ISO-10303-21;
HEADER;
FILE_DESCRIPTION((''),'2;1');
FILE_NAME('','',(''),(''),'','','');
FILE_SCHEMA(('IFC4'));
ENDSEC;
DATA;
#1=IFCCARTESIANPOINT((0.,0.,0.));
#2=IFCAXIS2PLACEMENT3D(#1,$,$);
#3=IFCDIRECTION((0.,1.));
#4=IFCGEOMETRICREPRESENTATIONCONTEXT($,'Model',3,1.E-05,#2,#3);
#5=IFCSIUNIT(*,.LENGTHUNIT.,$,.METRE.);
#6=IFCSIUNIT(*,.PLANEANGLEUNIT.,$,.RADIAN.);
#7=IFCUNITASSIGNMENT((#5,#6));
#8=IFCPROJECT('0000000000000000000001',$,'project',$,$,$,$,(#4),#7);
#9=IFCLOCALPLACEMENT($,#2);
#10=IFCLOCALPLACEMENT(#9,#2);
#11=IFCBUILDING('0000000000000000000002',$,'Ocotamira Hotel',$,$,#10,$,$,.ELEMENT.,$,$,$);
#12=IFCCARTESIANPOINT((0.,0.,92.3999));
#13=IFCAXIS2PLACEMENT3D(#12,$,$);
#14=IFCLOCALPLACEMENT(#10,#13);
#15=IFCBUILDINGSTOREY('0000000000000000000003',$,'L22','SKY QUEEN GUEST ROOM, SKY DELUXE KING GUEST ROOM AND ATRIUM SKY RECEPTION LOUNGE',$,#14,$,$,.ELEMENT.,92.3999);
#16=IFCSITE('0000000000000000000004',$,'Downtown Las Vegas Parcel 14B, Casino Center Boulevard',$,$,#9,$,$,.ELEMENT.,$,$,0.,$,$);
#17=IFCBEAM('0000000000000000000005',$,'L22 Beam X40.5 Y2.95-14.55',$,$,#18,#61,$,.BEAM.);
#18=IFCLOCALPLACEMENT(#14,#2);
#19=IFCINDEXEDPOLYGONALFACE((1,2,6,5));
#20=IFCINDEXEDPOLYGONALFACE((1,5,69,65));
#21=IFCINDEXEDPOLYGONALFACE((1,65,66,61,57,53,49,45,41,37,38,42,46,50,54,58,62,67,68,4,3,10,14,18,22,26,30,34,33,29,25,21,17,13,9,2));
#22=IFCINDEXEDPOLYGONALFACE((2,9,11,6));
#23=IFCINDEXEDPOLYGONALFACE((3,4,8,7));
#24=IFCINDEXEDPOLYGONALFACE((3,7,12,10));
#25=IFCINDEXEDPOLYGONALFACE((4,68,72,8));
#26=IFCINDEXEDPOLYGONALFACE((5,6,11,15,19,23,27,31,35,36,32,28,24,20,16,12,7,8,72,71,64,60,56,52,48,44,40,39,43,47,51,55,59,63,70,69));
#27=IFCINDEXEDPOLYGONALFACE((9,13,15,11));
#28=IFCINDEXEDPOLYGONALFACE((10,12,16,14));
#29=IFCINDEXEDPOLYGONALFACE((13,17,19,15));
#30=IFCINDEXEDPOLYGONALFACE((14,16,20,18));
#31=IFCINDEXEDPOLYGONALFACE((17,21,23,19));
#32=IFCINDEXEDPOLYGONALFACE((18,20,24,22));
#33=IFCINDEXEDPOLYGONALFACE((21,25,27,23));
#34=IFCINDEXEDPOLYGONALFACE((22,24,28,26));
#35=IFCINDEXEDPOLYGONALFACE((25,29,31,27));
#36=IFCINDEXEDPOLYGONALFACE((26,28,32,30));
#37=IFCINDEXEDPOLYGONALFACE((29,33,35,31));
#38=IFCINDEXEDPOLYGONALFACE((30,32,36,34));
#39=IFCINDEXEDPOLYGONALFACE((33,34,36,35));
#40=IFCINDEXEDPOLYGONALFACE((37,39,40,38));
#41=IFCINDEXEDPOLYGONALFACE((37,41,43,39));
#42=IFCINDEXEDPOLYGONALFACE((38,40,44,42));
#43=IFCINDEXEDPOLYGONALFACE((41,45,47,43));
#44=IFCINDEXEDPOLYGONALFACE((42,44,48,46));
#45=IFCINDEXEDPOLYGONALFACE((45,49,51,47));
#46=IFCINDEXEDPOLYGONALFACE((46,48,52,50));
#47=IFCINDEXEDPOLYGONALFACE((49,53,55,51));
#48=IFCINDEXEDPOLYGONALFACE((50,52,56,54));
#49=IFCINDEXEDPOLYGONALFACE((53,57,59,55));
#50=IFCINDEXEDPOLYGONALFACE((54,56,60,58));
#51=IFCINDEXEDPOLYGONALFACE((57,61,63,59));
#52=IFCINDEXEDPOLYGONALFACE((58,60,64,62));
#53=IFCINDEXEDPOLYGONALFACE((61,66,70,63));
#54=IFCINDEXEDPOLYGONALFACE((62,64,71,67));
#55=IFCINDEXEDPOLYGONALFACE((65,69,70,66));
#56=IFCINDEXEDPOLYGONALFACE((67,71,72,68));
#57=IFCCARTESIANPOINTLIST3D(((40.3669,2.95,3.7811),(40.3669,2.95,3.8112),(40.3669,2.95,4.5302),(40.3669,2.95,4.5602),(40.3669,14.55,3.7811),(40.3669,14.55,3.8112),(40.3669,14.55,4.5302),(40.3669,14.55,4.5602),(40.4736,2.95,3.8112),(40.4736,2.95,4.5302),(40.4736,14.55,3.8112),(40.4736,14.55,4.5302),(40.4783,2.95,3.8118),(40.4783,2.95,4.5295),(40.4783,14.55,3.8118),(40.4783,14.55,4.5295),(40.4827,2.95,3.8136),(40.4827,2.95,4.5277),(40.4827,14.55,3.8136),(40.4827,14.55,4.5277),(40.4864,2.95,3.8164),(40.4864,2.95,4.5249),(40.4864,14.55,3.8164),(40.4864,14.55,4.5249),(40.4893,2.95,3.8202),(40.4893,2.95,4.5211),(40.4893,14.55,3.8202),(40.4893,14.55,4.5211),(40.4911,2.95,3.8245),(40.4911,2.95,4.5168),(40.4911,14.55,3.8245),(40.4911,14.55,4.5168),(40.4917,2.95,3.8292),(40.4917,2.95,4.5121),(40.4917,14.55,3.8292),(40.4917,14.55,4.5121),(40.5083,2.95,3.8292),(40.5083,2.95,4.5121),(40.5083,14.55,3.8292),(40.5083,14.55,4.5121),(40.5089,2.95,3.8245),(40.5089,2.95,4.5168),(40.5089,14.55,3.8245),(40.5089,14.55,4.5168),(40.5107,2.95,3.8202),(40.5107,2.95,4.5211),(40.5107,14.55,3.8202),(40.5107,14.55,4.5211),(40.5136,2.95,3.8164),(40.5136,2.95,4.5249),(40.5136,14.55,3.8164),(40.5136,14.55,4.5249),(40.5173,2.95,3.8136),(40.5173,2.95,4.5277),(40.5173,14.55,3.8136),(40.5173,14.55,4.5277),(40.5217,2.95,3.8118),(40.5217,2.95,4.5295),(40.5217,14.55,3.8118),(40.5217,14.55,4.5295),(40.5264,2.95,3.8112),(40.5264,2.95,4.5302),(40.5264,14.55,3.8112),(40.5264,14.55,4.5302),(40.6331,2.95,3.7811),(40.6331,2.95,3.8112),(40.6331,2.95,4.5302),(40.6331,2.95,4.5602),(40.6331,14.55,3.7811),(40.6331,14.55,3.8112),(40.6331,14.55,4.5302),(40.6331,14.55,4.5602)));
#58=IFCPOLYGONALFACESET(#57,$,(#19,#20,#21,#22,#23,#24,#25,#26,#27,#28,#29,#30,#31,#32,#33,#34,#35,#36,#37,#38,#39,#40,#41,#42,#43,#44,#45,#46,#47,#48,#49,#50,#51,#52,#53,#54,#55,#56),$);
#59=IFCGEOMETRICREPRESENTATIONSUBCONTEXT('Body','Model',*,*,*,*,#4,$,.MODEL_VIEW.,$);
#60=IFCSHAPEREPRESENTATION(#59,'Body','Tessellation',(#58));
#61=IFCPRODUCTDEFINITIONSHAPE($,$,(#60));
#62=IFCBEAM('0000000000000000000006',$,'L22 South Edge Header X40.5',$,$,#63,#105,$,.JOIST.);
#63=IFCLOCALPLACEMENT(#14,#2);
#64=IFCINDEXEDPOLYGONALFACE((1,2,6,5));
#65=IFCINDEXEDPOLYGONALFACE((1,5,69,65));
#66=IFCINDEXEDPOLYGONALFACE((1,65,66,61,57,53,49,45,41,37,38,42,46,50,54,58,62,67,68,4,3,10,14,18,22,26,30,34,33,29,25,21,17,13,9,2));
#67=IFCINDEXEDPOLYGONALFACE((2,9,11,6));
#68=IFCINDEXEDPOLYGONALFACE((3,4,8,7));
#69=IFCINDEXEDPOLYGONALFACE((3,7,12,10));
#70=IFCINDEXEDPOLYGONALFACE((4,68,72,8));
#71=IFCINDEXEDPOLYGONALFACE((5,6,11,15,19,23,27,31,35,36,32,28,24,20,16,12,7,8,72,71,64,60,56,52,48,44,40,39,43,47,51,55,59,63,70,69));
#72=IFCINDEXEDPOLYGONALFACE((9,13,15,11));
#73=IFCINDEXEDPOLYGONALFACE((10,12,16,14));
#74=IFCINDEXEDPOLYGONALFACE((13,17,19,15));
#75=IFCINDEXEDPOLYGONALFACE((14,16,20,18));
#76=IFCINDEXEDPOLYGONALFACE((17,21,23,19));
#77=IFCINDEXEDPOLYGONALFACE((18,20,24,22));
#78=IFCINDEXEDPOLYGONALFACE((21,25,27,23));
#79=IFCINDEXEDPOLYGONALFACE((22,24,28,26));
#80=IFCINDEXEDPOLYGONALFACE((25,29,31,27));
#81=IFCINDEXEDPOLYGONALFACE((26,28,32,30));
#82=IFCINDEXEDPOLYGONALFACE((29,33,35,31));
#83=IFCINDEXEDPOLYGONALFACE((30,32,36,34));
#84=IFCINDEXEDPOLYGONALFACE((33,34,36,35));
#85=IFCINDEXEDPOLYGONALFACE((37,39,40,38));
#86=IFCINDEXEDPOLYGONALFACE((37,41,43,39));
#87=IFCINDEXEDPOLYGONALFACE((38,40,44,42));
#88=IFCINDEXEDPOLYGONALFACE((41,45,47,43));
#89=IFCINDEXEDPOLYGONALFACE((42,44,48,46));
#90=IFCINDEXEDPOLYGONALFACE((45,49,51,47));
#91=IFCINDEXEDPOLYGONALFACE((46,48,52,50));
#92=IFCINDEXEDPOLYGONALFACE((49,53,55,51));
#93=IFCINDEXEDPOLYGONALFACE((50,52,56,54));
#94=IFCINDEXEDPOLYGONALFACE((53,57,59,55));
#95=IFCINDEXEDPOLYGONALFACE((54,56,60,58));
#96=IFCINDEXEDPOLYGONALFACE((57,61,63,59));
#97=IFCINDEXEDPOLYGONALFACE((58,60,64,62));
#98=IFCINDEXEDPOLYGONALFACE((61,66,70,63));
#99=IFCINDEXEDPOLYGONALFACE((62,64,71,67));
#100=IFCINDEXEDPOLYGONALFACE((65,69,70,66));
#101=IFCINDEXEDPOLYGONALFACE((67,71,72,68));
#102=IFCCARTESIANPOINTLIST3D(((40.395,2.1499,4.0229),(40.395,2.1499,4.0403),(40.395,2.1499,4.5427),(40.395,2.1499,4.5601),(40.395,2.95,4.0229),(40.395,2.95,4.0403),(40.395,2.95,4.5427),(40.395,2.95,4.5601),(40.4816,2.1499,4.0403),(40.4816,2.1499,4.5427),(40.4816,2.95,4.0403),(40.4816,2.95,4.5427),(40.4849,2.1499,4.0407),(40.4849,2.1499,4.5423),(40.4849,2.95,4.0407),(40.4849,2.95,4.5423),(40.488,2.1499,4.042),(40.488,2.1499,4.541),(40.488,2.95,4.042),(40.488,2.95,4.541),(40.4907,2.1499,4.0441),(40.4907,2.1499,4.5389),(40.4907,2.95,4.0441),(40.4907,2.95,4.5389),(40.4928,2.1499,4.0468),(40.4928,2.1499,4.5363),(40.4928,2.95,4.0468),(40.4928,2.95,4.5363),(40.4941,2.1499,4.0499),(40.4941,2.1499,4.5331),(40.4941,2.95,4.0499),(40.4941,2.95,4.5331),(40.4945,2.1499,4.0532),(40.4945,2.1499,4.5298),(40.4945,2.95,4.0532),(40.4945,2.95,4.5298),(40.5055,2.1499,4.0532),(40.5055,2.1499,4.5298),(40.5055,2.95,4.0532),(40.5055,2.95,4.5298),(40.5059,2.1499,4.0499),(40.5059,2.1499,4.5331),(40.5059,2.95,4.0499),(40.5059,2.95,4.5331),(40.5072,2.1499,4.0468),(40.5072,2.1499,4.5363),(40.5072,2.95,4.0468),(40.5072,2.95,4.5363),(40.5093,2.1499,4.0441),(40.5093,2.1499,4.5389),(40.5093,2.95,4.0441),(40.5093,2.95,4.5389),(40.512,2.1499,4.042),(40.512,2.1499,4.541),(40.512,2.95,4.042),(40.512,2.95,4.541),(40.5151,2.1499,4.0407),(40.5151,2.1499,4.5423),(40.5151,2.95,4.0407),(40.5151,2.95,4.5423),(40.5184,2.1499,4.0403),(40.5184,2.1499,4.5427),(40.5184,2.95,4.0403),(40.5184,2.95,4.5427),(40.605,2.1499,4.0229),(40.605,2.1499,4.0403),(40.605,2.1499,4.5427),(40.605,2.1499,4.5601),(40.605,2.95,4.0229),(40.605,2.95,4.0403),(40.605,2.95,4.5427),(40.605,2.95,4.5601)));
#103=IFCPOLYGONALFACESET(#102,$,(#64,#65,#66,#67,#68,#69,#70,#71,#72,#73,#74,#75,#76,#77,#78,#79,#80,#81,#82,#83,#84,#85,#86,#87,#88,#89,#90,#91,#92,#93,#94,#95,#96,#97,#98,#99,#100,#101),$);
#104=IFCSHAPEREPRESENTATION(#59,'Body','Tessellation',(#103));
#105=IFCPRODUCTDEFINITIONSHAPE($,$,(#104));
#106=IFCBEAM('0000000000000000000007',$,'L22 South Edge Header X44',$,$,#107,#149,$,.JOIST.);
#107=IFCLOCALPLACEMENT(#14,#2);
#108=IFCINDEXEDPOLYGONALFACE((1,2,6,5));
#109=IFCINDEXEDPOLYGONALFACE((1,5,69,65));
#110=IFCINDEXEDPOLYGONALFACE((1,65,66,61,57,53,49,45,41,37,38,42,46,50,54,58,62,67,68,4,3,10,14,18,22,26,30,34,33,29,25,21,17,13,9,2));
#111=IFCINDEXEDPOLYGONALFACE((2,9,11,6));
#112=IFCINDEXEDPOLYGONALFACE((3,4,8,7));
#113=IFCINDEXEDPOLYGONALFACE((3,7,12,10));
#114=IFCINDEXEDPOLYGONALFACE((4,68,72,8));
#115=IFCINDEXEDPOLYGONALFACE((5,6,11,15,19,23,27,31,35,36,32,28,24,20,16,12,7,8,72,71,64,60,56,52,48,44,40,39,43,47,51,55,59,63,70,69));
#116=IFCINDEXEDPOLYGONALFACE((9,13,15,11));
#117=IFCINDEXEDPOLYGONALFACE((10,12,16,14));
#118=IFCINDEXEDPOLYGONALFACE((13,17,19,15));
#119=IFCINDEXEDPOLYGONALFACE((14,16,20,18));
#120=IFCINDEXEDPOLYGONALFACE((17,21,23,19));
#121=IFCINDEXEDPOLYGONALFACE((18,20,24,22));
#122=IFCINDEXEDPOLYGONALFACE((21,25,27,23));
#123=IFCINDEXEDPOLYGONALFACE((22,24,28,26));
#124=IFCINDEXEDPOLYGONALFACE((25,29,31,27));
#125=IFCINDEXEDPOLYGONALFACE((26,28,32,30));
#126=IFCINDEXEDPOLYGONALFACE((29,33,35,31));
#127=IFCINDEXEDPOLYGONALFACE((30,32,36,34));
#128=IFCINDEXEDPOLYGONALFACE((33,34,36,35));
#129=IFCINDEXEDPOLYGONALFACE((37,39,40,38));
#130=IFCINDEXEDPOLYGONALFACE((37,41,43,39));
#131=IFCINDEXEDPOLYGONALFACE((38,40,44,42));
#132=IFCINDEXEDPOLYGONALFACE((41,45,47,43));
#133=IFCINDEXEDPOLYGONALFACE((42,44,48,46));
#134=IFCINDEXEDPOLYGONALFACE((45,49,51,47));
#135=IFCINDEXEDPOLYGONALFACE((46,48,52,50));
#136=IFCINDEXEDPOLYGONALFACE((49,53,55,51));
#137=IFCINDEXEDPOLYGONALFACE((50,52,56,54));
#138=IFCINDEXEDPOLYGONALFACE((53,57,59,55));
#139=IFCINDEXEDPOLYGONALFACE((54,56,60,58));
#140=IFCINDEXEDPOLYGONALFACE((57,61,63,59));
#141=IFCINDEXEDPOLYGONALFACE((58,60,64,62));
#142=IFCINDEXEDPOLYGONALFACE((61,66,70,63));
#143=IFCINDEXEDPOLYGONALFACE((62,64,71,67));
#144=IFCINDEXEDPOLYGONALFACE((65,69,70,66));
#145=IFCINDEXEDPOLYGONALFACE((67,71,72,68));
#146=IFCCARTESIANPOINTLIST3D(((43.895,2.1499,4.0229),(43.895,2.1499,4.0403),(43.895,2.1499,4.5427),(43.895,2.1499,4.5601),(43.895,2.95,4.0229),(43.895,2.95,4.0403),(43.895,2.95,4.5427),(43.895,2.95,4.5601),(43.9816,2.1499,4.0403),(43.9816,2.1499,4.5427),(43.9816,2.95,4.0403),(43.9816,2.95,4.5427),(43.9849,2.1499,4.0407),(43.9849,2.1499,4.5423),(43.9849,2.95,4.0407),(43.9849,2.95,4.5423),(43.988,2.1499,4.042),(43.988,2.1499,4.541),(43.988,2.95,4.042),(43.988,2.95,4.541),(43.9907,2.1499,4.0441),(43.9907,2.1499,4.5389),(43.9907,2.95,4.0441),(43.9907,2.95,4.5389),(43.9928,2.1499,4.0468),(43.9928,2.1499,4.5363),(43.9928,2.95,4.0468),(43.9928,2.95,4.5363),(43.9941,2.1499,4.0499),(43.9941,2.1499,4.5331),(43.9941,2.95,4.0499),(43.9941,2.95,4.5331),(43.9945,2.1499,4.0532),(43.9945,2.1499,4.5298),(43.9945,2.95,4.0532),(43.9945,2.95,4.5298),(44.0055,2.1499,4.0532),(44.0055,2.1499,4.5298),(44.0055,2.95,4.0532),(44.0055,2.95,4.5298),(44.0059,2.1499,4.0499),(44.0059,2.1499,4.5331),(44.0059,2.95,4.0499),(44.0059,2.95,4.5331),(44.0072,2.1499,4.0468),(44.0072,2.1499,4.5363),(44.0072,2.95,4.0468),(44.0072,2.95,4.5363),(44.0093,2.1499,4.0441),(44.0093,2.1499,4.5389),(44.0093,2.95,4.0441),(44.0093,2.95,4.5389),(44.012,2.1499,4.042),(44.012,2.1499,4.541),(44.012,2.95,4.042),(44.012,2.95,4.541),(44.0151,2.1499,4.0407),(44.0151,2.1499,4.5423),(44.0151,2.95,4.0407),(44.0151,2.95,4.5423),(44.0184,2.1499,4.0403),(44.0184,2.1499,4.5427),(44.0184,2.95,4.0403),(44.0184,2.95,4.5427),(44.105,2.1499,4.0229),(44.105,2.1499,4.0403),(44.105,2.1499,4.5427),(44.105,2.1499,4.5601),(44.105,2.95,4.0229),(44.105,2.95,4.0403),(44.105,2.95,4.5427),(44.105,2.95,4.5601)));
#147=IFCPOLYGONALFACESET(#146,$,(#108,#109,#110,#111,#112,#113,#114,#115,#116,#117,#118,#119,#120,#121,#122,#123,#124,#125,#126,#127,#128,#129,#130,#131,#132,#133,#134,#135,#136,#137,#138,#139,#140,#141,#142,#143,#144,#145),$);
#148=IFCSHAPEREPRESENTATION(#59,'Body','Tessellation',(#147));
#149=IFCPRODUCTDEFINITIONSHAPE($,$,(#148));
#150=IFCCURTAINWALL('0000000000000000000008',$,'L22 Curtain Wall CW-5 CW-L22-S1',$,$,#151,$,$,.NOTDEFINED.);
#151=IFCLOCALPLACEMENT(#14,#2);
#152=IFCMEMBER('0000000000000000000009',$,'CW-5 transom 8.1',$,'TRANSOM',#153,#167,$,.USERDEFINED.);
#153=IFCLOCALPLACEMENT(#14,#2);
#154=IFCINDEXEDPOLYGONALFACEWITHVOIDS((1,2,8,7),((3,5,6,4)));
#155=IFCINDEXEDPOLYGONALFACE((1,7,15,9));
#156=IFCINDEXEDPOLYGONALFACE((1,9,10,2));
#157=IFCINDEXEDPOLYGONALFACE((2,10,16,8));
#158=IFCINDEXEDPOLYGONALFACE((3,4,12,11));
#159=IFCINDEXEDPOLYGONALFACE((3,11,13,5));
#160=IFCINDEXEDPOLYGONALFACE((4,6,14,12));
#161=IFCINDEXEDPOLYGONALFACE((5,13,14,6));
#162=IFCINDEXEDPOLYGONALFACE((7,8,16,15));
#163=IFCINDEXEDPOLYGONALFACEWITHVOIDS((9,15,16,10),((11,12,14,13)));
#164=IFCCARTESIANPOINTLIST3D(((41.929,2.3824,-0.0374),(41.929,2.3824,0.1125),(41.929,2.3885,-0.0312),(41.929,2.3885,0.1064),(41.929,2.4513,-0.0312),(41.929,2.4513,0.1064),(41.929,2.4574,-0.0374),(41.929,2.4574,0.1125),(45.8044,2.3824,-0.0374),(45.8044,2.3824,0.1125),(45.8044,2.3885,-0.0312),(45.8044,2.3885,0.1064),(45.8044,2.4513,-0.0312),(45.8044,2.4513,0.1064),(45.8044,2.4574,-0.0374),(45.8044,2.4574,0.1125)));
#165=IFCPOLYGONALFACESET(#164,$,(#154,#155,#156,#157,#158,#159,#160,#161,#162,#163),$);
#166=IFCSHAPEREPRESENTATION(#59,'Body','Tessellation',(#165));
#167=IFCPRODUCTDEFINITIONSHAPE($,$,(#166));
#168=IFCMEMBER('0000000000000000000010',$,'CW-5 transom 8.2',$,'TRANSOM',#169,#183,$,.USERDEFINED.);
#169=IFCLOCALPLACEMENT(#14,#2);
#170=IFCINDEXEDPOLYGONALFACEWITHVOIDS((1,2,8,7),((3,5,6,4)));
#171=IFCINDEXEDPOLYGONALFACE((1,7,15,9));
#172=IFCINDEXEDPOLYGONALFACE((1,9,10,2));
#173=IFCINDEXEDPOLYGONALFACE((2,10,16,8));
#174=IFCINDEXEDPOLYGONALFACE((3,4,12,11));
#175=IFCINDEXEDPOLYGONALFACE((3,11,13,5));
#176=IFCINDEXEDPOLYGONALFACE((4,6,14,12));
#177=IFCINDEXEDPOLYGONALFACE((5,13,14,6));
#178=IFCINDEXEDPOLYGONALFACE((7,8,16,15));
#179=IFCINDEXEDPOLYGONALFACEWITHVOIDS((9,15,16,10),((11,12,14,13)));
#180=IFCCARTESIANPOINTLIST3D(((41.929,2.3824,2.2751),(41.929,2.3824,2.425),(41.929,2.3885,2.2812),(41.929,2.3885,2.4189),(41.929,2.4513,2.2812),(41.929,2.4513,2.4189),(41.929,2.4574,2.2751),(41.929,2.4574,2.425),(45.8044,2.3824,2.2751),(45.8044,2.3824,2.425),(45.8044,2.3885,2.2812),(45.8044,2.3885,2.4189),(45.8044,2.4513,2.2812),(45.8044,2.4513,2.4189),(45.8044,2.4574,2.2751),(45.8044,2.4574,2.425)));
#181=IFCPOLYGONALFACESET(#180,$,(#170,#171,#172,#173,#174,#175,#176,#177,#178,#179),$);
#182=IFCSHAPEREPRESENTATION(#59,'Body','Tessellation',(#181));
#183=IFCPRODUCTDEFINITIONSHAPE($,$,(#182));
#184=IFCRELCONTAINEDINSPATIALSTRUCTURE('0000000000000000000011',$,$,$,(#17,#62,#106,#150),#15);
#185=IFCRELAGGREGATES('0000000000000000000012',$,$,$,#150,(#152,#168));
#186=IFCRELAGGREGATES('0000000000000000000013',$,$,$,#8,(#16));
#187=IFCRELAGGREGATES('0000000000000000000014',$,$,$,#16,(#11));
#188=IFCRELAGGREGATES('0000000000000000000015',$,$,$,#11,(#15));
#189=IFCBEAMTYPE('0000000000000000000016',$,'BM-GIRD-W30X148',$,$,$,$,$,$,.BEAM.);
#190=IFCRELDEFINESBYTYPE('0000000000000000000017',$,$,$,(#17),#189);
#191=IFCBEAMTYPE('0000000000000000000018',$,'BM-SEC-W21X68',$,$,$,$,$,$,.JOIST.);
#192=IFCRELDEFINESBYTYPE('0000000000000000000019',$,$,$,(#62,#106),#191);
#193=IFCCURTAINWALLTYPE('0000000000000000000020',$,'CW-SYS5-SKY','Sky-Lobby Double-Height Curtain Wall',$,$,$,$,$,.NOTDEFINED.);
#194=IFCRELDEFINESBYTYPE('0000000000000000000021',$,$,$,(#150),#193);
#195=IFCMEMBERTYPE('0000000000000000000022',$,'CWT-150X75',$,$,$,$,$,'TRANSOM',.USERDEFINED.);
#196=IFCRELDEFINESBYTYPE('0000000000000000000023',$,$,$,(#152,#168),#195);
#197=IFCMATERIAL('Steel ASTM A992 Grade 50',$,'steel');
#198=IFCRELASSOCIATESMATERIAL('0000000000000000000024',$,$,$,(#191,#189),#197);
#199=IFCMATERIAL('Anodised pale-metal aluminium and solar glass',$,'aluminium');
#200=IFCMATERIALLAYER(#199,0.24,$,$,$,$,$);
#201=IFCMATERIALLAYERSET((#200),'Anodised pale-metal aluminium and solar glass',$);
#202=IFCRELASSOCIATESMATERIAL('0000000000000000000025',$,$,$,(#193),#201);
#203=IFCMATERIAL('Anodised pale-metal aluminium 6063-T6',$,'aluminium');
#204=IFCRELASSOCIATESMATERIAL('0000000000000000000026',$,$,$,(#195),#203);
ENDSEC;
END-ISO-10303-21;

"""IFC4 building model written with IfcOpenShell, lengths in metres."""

from ifc_helpers import new_model, si_unit, direction, frame, origin, origin_2d, place, context, subcontext, project, spatial, hollow_rectangle, i_section, extrude, source, transform, mapped, material, layer, layer_set, material_profile, profile_set, type_object, element, aggregate, save


model = new_model("IFC4")

# Units and contexts
model_context = context("Model", 3, precision=1e-05, world=origin(), true_north=direction((0.0, 1.0)))
body_context = subcontext(model_context, "Body", "Model", "MODEL_VIEW")
ifc_project = project(units=[si_unit("LENGTHUNIT", "METRE"), si_unit("PLANEANGLEUNIT", "RADIAN")], contexts=[model_context])

# Site, building, storey
site_placement = place(None, origin())
site = spatial("IfcSite", under=ifc_project, at=site_placement, Name="Downtown Las Vegas Parcel 14B, Casino Center Boulevard", CompositionType="ELEMENT", RefElevation=0.0)
building_placement = place(site_placement, origin())
building = spatial("IfcBuilding", under=site, at=building_placement, Name="Ocotamira Hotel", CompositionType="ELEMENT")
storey_placement = place(building_placement, frame((0.0, 0.0, 92.3999)))
storey = spatial("IfcBuildingStorey", under=building, at=storey_placement, Name="L22", Description="SKY QUEEN GUEST ROOM, SKY DELUXE KING GUEST ROOM AND ATRIUM SKY RECEPTION LOUNGE", CompositionType="ELEMENT", Elevation=92.3999)

# Beams
ifc_material_1 = material(Name="Steel ASTM A992 Grade 50", Category="steel")
ifc_material_profile_1 = material_profile(ifc_material_1, i_section(OverallWidth=0.21, OverallDepth=0.5371, WebThickness=0.011, FlangeThickness=0.0173, FilletRadius=0.0129, at=origin_2d()), Name="W21X68")
ifc_profile_set_1 = profile_set([ifc_material_profile_1], Name="Steel ASTM A992 Grade 50")
beam_type_1 = type_object("IfcBeamType", Name="BM-SEC-W21X68", PredefinedType="JOIST", material=ifc_profile_set_1)
ifc_material_profile_2 = material_profile(ifc_material_1, i_section(OverallWidth=0.2661, OverallDepth=0.7791, WebThickness=0.0166, FlangeThickness=0.03, FilletRadius=0.0181, at=origin_2d()), Name="W30X148")
ifc_profile_set_2 = profile_set([ifc_material_profile_2], Name="Steel ASTM A992 Grade 50")
beam_type_2 = type_object("IfcBeamType", Name="BM-GIRD-W30X148", PredefinedType="BEAM", material=ifc_profile_set_2)
shared_shape_1 = source(origin(), body_context, "Body", "SweptSolid", [
    extrude(i_section(OverallWidth=0.2661, OverallDepth=0.7791, WebThickness=0.0166, FlangeThickness=0.03, FilletRadius=0.0181, at=origin_2d()), origin(), (0.0, 0.0, 1.0), 11.6001),
])
beam_1_placement = place(storey_placement, frame((40.5, 2.95, 4.1707), z_axis=(0.0, 1.0, 0.0), x_axis=(-1.0, 0.0, 0.0)))
element("IfcBeam", 1, at=beam_1_placement, inside=storey, type_object=beam_type_2, Name="L22 Beam X40.5 Y2.95-14.55", PredefinedType="BEAM", context=body_context, shape_type="MappedRepresentation", body=[
    mapped(shared_shape_1, transform((0.0, 0.0, 0.0), scale=1.0)),
])
shared_shape_2 = source(origin(), body_context, "Body", "SweptSolid", [
    extrude(i_section(OverallWidth=0.21, OverallDepth=0.5371, WebThickness=0.011, FlangeThickness=0.0173, FilletRadius=0.0129, at=origin_2d()), origin(), (0.0, 0.0, 1.0), 0.8),
])
for number, where, z_axis, x_axis, name in (
    (2, (40.5, 2.95, 4.2915), (0.0, -1.0, 0.0), (1.0, 0.0, 0.0), "L22 South Edge Header X40.5"),
    (3, (44.0, 2.95, 4.2915), (0.0, -1.0, 0.0), (1.0, 0.0, 0.0), "L22 South Edge Header X44"),
):
    element("IfcBeam", number, at=place(storey_placement, frame(where, z_axis=z_axis, x_axis=x_axis)), inside=storey, type_object=beam_type_1, Name=name, PredefinedType="JOIST", context=body_context, shape_type="MappedRepresentation", body=[
        mapped(shared_shape_2, transform((0.0, 0.0, 0.0), scale=1.0)),
    ])

# Curtain wall, members
ifc_material_2 = material(Name="Anodised pale-metal aluminium and solar glass", Category="aluminium")
ifc_layer_1 = layer(ifc_material_2, 0.24)
ifc_layer_set_1 = layer_set([ifc_layer_1], Name="Anodised pale-metal aluminium and solar glass")
curtain_wall_type = type_object("IfcCurtainWallType", Name="CW-SYS5-SKY", Description="Sky-Lobby Double-Height Curtain Wall", PredefinedType="NOTDEFINED", material=ifc_layer_set_1)
curtain_wall_placement = place(storey_placement, origin())
curtain_wall = element("IfcCurtainWall", 4, at=curtain_wall_placement, inside=storey, type_object=curtain_wall_type, Name="L22 Curtain Wall CW-5 CW-L22-S1", PredefinedType="NOTDEFINED")
ifc_material_3 = material(Name="Anodised pale-metal aluminium 6063-T6", Category="aluminium")
ifc_material_profile_3 = material_profile(ifc_material_3, hollow_rectangle(XDim=0.075, YDim=0.1499, WallThickness=0.0061, at=origin_2d()), Name="HSS150X75X6")
ifc_profile_set_3 = profile_set([ifc_material_profile_3], Name="Anodised pale-metal aluminium 6063-T6")
member_type_1 = type_object("IfcMemberType", Name="CWT-150X75", ElementType="TRANSOM", PredefinedType="USERDEFINED", material=ifc_profile_set_3)
shared_shape_3 = source(origin(), body_context, "Body", "SweptSolid", [
    extrude(hollow_rectangle(XDim=0.075, YDim=0.1499, WallThickness=0.0061, at=origin_2d()), origin(), (0.0, 0.0, 1.0), 3.8755),
])
member_1_placement = place(storey_placement, frame((41.929, 2.4199, 0.0376), z_axis=(1.0, 0.0, 0.0), x_axis=(0.0, 1.0, 0.0)))
member_1 = element("IfcMember", 5, at=member_1_placement, type_object=member_type_1, Name="CW-5 transom 8.1", ObjectType="TRANSOM", PredefinedType="USERDEFINED", context=body_context, shape_type="MappedRepresentation", body=[
    mapped(shared_shape_3, transform((0.0, 0.0, 0.0), scale=1.0)),
])
member_2_placement = place(storey_placement, frame((41.929, 2.4199, 2.3501), z_axis=(1.0, 0.0, 0.0), x_axis=(0.0, 1.0, 0.0)))
member_2 = element("IfcMember", 6, at=member_2_placement, type_object=member_type_1, Name="CW-5 transom 8.2", ObjectType="TRANSOM", PredefinedType="USERDEFINED", context=body_context, shape_type="MappedRepresentation", body=[
    mapped(shared_shape_3, transform((0.0, 0.0, 0.0), scale=1.0)),
])
aggregate(curtain_wall, [member_1, member_2])

save(model, "model.ifc")
